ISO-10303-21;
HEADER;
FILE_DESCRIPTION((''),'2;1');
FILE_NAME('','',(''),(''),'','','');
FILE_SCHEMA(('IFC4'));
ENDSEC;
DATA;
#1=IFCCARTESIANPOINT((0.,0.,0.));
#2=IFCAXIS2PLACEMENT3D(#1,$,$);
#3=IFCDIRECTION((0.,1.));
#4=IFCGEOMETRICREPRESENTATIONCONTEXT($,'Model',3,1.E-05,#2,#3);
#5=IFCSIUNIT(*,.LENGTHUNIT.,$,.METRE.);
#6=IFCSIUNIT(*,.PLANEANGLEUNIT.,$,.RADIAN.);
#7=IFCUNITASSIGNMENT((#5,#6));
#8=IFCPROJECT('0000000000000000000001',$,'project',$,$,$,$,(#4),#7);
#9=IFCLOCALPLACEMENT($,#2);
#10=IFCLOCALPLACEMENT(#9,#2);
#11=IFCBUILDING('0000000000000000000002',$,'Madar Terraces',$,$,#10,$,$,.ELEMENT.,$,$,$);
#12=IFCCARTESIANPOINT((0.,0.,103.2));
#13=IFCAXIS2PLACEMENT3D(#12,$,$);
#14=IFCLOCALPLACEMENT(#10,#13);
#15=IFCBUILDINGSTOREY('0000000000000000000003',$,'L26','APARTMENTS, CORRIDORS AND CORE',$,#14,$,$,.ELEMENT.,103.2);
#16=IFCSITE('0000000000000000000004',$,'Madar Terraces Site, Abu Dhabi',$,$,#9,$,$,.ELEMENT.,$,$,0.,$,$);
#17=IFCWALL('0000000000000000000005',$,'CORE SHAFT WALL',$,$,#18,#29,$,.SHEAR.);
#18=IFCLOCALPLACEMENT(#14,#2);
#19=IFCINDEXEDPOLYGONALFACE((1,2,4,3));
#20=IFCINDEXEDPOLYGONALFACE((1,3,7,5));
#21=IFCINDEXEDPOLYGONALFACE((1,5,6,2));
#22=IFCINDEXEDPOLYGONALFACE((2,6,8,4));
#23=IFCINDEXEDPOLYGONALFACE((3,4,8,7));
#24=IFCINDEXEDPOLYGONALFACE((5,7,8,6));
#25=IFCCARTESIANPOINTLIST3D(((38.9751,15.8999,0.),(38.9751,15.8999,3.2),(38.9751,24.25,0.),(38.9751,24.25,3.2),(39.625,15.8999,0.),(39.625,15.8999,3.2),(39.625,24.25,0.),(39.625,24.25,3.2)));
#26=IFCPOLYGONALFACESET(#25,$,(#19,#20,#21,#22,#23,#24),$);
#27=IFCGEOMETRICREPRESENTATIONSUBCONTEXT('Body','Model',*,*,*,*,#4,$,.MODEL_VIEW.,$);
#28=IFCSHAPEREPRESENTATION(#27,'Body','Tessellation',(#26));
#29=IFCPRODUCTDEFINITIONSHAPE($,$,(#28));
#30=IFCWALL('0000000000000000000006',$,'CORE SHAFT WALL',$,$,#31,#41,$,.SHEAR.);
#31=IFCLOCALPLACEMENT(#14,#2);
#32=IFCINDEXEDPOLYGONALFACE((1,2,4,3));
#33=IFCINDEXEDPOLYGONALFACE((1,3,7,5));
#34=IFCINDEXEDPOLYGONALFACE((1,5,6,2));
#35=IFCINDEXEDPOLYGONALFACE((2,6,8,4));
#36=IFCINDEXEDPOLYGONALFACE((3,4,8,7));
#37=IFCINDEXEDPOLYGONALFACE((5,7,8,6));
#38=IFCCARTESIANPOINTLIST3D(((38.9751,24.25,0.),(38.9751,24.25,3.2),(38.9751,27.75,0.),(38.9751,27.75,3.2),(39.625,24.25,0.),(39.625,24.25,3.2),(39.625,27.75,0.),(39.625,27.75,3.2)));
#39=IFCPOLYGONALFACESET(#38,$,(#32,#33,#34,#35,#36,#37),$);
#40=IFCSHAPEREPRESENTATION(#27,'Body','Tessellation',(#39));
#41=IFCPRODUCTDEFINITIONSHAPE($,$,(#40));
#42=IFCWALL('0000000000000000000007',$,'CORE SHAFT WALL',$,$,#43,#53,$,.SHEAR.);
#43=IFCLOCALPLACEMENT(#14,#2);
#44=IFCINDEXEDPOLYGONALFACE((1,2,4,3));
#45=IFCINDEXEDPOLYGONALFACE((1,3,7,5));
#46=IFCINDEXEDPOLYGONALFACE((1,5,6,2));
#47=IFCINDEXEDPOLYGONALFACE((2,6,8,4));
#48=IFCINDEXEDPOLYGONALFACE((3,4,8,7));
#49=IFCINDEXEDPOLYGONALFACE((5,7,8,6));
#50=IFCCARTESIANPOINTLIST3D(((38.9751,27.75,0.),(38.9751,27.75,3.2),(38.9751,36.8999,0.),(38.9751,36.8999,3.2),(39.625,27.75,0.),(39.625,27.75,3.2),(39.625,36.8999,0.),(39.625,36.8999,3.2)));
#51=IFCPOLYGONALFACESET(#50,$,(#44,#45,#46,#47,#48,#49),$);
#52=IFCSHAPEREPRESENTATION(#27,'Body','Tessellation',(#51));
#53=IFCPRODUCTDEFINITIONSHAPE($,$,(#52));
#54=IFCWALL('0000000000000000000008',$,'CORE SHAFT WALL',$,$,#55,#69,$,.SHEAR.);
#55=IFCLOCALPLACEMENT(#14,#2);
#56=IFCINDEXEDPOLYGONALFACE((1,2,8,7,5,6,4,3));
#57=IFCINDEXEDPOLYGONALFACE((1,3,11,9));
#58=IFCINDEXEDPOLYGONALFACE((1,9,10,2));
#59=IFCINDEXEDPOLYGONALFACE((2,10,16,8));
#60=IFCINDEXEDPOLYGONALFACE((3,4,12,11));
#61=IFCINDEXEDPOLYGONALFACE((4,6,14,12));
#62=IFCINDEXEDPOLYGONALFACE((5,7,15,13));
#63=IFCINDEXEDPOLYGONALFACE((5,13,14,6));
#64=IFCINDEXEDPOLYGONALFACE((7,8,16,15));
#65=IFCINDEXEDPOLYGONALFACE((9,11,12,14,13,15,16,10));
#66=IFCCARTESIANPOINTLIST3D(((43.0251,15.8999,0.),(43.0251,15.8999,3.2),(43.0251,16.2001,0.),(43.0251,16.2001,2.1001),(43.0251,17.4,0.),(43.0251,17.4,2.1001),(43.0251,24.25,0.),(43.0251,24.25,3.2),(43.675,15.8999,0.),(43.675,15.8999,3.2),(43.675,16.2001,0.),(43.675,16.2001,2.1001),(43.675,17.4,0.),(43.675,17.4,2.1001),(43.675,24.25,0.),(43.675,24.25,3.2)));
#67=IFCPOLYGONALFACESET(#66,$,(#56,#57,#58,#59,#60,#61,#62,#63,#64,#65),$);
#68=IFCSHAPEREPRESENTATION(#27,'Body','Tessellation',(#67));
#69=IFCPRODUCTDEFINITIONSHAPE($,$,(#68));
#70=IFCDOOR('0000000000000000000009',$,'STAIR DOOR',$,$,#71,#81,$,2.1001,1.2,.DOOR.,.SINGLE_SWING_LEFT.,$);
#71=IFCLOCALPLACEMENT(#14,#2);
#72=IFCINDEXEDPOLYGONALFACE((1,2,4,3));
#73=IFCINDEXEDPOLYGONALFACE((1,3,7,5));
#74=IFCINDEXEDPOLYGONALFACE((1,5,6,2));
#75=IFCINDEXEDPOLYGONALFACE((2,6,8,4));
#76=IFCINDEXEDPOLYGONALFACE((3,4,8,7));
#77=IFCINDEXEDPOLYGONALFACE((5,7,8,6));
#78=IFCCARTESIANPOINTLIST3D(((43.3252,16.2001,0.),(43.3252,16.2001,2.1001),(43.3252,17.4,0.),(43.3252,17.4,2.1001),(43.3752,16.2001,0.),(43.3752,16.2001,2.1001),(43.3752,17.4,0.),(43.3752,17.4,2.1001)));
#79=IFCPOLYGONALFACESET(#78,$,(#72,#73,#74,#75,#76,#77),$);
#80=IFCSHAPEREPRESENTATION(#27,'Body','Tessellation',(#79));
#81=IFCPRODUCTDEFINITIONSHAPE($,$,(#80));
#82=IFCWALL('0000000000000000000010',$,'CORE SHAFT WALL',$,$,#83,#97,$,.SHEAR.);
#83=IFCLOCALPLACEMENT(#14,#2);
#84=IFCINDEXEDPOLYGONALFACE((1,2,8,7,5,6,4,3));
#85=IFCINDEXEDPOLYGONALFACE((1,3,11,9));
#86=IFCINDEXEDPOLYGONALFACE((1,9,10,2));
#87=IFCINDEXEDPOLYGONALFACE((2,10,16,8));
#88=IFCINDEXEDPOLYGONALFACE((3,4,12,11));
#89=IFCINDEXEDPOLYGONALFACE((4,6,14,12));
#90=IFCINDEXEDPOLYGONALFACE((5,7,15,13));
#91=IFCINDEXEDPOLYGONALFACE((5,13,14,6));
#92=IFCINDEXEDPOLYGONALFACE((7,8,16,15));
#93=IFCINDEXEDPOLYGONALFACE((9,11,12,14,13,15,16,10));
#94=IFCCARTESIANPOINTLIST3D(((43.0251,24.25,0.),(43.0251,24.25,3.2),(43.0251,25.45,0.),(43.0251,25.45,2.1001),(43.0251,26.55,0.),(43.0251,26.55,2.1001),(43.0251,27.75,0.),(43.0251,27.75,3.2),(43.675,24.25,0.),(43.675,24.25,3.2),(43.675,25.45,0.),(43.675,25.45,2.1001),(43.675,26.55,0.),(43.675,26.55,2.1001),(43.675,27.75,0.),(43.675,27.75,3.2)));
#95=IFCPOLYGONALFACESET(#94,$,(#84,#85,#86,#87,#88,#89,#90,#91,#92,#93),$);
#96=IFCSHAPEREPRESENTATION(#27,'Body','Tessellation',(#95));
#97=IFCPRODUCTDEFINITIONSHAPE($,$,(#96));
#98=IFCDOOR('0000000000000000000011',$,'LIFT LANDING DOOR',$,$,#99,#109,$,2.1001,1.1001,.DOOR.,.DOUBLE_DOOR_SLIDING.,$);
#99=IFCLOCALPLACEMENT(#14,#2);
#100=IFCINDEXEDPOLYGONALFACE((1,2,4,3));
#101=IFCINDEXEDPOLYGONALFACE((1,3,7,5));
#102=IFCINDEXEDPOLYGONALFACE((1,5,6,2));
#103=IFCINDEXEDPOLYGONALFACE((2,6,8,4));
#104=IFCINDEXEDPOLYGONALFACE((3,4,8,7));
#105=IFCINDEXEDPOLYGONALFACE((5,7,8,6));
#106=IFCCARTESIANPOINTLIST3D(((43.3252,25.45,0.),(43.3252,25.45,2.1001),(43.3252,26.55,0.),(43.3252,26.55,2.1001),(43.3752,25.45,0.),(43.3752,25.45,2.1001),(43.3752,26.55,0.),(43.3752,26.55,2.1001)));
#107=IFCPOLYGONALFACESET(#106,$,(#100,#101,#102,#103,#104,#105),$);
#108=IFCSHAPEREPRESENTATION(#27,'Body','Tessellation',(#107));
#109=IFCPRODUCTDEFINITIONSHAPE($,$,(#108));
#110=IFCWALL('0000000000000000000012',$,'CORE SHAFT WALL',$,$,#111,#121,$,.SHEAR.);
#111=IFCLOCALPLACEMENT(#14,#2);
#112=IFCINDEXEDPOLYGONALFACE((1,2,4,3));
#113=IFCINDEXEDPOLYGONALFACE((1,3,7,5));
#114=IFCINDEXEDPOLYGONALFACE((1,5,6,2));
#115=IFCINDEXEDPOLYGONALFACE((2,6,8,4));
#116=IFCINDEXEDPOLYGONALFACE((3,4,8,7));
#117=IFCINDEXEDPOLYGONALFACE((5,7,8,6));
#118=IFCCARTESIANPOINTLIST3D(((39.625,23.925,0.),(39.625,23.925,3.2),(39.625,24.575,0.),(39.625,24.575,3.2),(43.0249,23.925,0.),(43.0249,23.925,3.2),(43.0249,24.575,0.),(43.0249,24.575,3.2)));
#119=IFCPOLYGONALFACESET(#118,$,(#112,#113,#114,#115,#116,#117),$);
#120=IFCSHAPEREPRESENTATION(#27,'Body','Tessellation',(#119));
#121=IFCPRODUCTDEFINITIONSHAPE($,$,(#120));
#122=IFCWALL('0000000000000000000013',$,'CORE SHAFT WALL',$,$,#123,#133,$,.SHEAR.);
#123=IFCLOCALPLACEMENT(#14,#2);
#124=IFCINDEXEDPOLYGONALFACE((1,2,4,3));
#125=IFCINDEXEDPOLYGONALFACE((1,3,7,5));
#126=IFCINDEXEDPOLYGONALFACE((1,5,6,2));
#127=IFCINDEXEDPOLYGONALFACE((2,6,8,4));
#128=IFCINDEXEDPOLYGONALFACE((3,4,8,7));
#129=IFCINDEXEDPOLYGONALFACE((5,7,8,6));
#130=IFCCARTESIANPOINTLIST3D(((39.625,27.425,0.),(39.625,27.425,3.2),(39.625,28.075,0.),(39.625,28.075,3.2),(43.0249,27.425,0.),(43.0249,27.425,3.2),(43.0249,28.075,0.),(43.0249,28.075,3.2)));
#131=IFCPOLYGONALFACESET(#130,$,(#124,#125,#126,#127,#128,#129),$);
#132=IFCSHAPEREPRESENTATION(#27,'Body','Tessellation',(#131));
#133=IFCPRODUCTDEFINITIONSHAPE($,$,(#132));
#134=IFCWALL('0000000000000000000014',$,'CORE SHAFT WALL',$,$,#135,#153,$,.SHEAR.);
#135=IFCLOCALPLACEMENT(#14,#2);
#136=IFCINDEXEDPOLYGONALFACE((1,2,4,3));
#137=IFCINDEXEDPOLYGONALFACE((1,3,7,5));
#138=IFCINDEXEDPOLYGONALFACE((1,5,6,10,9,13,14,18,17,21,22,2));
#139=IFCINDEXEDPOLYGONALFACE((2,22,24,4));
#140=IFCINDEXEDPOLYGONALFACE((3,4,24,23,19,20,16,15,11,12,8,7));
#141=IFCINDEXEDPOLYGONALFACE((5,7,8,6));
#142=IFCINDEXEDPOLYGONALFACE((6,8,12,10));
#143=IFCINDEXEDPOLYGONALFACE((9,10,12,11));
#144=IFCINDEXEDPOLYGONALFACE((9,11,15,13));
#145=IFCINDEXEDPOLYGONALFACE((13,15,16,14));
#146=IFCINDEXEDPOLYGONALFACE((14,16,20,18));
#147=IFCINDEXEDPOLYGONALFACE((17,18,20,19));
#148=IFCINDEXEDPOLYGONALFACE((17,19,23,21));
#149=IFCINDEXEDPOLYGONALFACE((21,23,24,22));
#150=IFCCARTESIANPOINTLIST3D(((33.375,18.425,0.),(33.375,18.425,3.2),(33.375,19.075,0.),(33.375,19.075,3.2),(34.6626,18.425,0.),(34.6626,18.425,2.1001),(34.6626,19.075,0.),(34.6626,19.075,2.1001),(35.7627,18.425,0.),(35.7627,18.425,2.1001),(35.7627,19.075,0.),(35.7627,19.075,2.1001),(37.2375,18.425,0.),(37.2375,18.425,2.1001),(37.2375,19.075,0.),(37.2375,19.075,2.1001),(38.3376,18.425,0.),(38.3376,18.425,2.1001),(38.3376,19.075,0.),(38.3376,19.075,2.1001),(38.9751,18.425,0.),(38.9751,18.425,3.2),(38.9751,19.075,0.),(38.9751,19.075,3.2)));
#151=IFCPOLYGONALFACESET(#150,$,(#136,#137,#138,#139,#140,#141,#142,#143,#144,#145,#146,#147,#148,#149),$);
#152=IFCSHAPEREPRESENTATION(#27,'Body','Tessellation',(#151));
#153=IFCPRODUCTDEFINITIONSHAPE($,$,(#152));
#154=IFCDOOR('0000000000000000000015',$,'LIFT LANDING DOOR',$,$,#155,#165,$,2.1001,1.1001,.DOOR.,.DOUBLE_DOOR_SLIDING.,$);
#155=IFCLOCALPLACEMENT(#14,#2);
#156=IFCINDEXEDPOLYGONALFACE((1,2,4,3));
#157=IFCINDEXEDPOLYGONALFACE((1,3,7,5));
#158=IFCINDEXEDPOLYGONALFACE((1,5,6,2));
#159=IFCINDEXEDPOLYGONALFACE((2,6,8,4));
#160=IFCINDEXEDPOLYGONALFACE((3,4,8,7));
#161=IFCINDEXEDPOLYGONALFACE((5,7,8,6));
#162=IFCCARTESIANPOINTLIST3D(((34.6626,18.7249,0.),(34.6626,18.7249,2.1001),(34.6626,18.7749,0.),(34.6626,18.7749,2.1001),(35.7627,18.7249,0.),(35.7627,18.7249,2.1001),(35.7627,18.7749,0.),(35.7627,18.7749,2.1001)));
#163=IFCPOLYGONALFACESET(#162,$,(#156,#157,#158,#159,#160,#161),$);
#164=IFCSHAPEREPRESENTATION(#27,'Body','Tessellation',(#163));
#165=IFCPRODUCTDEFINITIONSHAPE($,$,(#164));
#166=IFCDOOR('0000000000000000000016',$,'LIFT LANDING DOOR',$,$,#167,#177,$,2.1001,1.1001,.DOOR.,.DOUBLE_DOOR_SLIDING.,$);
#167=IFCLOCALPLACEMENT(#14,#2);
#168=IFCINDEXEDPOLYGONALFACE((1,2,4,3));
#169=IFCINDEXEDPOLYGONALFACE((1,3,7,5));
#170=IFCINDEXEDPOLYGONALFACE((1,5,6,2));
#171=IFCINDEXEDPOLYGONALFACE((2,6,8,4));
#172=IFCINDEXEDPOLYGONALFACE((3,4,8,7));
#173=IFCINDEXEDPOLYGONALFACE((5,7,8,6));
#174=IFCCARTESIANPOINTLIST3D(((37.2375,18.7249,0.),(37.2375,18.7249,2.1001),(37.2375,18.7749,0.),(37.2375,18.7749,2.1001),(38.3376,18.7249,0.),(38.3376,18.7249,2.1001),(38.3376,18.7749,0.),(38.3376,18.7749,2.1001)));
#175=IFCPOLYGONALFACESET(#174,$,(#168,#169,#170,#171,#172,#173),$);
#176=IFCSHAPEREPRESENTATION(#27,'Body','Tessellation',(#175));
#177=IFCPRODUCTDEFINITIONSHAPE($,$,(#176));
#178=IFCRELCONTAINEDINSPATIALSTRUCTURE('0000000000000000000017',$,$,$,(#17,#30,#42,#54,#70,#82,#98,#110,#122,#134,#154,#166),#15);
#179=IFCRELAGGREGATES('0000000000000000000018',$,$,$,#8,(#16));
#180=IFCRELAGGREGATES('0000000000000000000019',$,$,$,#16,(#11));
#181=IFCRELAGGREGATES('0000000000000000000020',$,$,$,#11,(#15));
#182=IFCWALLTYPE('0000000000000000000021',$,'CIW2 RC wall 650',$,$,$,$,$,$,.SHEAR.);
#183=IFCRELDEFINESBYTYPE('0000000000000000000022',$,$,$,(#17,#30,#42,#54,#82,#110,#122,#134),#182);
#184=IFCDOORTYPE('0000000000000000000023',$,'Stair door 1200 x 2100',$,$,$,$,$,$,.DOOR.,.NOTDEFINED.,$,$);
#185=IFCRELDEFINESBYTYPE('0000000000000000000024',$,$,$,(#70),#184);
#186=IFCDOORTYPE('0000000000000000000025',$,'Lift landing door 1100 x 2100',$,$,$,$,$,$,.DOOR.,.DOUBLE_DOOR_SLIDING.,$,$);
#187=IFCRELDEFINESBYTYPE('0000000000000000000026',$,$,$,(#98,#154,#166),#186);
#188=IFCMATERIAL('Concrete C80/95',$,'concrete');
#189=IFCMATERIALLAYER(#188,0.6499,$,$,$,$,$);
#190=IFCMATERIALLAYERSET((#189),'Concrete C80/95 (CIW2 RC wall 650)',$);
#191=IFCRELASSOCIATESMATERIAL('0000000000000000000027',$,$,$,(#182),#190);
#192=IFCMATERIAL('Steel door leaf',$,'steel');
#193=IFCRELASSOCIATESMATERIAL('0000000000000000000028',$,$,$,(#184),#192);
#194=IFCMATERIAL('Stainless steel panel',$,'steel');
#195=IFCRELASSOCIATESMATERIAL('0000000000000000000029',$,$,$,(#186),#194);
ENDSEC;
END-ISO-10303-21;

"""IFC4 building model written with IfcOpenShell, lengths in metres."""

from ifc_helpers import new_model, si_unit, direction, frame, frame_2d, origin, place, context, subcontext, project, spatial, rectangle, extrude, material, layer, layer_set, type_object, element, fill, save


model = new_model("IFC4")

# Units and contexts
model_context = context("Model", 3, precision=1e-05, world=origin(), true_north=direction((0.0, 1.0)))
body_context = subcontext(model_context, "Body", "Model", "MODEL_VIEW")
ifc_project = project(units=[si_unit("LENGTHUNIT", "METRE"), si_unit("PLANEANGLEUNIT", "RADIAN")], contexts=[model_context])

# Site, building, storey
site_placement = place(None, origin())
site = spatial("IfcSite", under=ifc_project, at=site_placement, Name="Madar Terraces Site, Abu Dhabi", CompositionType="ELEMENT", RefElevation=0.0)
building_placement = place(site_placement, origin())
building = spatial("IfcBuilding", under=site, at=building_placement, Name="Madar Terraces", CompositionType="ELEMENT")
storey_placement = place(building_placement, frame((0.0, 0.0, 103.2)))
storey = spatial("IfcBuildingStorey", under=building, at=storey_placement, Name="L26", Description="APARTMENTS, CORRIDORS AND CORE", CompositionType="ELEMENT", Elevation=103.2)

# Walls
ifc_material_1 = material(Name="Concrete C80/95", Category="concrete")
ifc_layer_1 = layer(ifc_material_1, 0.6499)
ifc_layer_set_1 = layer_set([ifc_layer_1], Name="Concrete C80/95 (CIW2 RC wall 650)")
wall_type_1 = type_object("IfcWallType", Name="CIW2 RC wall 650", PredefinedType="SHEAR", material=ifc_layer_set_1)
wall_1_placement = place(storey_placement, frame((39.3, 15.8999, 0.0), z_axis=(0.0, 0.0, 1.0), x_axis=(0.0, 1.0, 0.0)))
element("IfcWall", 1, at=wall_1_placement, inside=storey, type_object=wall_type_1, Name="CORE SHAFT WALL", PredefinedType="SHEAR", context=body_context, shape_type="SweptSolid", body=[
    extrude(rectangle(XDim=8.3501, YDim=0.6499, at=frame_2d((4.175, 0.0))), origin(), (0.0, 0.0, 1.0), 3.2),
])
wall_2_placement = place(storey_placement, frame((39.3, 24.25, 0.0), z_axis=(0.0, 0.0, 1.0), x_axis=(0.0, 1.0, 0.0)))
element("IfcWall", 2, at=wall_2_placement, inside=storey, type_object=wall_type_1, Name="CORE SHAFT WALL", PredefinedType="SHEAR", context=body_context, shape_type="SweptSolid", body=[
    extrude(rectangle(XDim=3.5, YDim=0.6499, at=frame_2d((1.75, 0.0))), origin(), (0.0, 0.0, 1.0), 3.2),
])
wall_3_placement = place(storey_placement, frame((39.3, 27.75, 0.0), z_axis=(0.0, 0.0, 1.0), x_axis=(0.0, 1.0, 0.0)))
element("IfcWall", 3, at=wall_3_placement, inside=storey, type_object=wall_type_1, Name="CORE SHAFT WALL", PredefinedType="SHEAR", context=body_context, shape_type="SweptSolid", body=[
    extrude(rectangle(XDim=9.1499, YDim=0.6499, at=frame_2d((4.575, 0.0))), origin(), (0.0, 0.0, 1.0), 3.2),
])

# Walls, openings, doors
wall_4_placement = place(storey_placement, frame((43.3501, 15.8999, 0.0), z_axis=(0.0, 0.0, 1.0), x_axis=(0.0, 1.0, 0.0)))
wall_4 = element("IfcWall", 4, at=wall_4_placement, inside=storey, type_object=wall_type_1, Name="CORE SHAFT WALL", PredefinedType="SHEAR", context=body_context, shape_type="SweptSolid", body=[
    extrude(rectangle(XDim=8.3501, YDim=0.6499, at=frame_2d((4.175, 0.0))), origin(), (0.0, 0.0, 1.0), 3.2),
])
opening_1_placement = place(wall_4_placement, frame((0.3, 0.0, 0.0)))
opening_1 = element("IfcOpeningElement", 5, at=opening_1_placement, cuts=wall_4, PredefinedType="OPENING", context=body_context, shape_type="SweptSolid", body=[
    extrude(rectangle(XDim=1.2, YDim=2.1001, at=frame_2d((0.6001, 1.05))), frame((0.0, 0.335, 0.0), z_axis=(0.0, -1.0, 0.0), x_axis=(1.0, 0.0, 0.0)), (0.0, 0.0, 1.0), 0.6699),
])
ifc_material_2 = material(Name="Steel door leaf", Category="steel")
door_type_1 = type_object("IfcDoorType", Name="Stair door 1200 x 2100", OperationType="NOTDEFINED", PredefinedType="DOOR", material=ifc_material_2)
door_1_placement = place(opening_1_placement, origin())
door_1 = element("IfcDoor", 6, at=door_1_placement, inside=storey, type_object=door_type_1, Name="STAIR DOOR", OperationType="SINGLE_SWING_LEFT", OverallHeight=2.1001, OverallWidth=1.2, PredefinedType="DOOR", context=body_context, shape_type="SweptSolid", body=[
    extrude(rectangle(XDim=1.2, YDim=2.1001, at=frame_2d((0.6001, 1.05))), frame((0.0, 0.0249, 0.0), z_axis=(0.0, -1.0, 0.0), x_axis=(1.0, 0.0, 0.0)), (0.0, 0.0, 1.0), 0.05),
])
fill(opening_1, door_1)
wall_5_placement = place(storey_placement, frame((43.3501, 24.25, 0.0), z_axis=(0.0, 0.0, 1.0), x_axis=(0.0, 1.0, 0.0)))
wall_5 = element("IfcWall", 7, at=wall_5_placement, inside=storey, type_object=wall_type_1, Name="CORE SHAFT WALL", PredefinedType="SHEAR", context=body_context, shape_type="SweptSolid", body=[
    extrude(rectangle(XDim=3.5, YDim=0.6499, at=frame_2d((1.75, 0.0))), origin(), (0.0, 0.0, 1.0), 3.2),
])
opening_2_placement = place(wall_5_placement, frame((1.2, 0.0, 0.0)))
opening_2 = element("IfcOpeningElement", 8, at=opening_2_placement, cuts=wall_5, PredefinedType="OPENING", context=body_context, shape_type="SweptSolid", body=[
    extrude(rectangle(XDim=1.1001, YDim=2.1001, at=frame_2d((0.55, 1.05))), frame((0.0, 0.335, 0.0), z_axis=(0.0, -1.0, 0.0), x_axis=(1.0, 0.0, 0.0)), (0.0, 0.0, 1.0), 0.6699),
])
ifc_material_3 = material(Name="Stainless steel panel", Category="steel")
door_type_2 = type_object("IfcDoorType", Name="Lift landing door 1100 x 2100", OperationType="DOUBLE_DOOR_SLIDING", PredefinedType="DOOR", material=ifc_material_3)
door_2_placement = place(opening_2_placement, origin())
door_2 = element("IfcDoor", 9, at=door_2_placement, inside=storey, type_object=door_type_2, Name="LIFT LANDING DOOR", OperationType="DOUBLE_DOOR_SLIDING", OverallHeight=2.1001, OverallWidth=1.1001, PredefinedType="DOOR", context=body_context, shape_type="SweptSolid", body=[
    extrude(rectangle(XDim=1.1001, YDim=2.1001, at=frame_2d((0.55, 1.05))), frame((0.0, 0.0249, 0.0), z_axis=(0.0, -1.0, 0.0), x_axis=(1.0, 0.0, 0.0)), (0.0, 0.0, 1.0), 0.05),
])
fill(opening_2, door_2)

# Walls
for number, where, z_axis, x_axis, name in (
    (10, (39.625, 24.25, 0.0), (0.0, 0.0, 1.0), (1.0, 0.0, 0.0), "CORE SHAFT WALL"),
    (11, (39.625, 27.75, 0.0), (0.0, 0.0, 1.0), (1.0, 0.0, 0.0), "CORE SHAFT WALL"),
):
    element("IfcWall", number, at=place(storey_placement, frame(where, z_axis=z_axis, x_axis=x_axis)), inside=storey, type_object=wall_type_1, Name=name, PredefinedType="SHEAR", context=body_context, shape_type="SweptSolid", body=[
        extrude(rectangle(XDim=3.3999, YDim=0.6499, at=frame_2d((1.7, 0.0))), origin(), (0.0, 0.0, 1.0), 3.2),
    ])

# Wall, openings, doors
wall_6_placement = place(storey_placement, frame((33.375, 18.75, 0.0), z_axis=(0.0, 0.0, 1.0), x_axis=(1.0, 0.0, 0.0)))
wall_6 = element("IfcWall", 12, at=wall_6_placement, inside=storey, type_object=wall_type_1, Name="CORE SHAFT WALL", PredefinedType="SHEAR", context=body_context, shape_type="SweptSolid", body=[
    extrude(rectangle(XDim=5.6001, YDim=0.6499, at=frame_2d((2.8, 0.0))), origin(), (0.0, 0.0, 1.0), 3.2),
])
opening_3_placement = place(wall_6_placement, frame((1.2876, 0.0, 0.0)))
opening_3 = element("IfcOpeningElement", 13, at=opening_3_placement, cuts=wall_6, PredefinedType="OPENING", context=body_context, shape_type="SweptSolid", body=[
    extrude(rectangle(XDim=1.1001, YDim=2.1001, at=frame_2d((0.55, 1.05))), frame((0.0, 0.335, 0.0), z_axis=(0.0, -1.0, 0.0), x_axis=(1.0, 0.0, 0.0)), (0.0, 0.0, 1.0), 0.6699),
])
opening_4_placement = place(wall_6_placement, frame((3.8625, 0.0, 0.0)))
opening_4 = element("IfcOpeningElement", 14, at=opening_4_placement, cuts=wall_6, PredefinedType="OPENING", context=body_context, shape_type="SweptSolid", body=[
    extrude(rectangle(XDim=1.1001, YDim=2.1001, at=frame_2d((0.55, 1.05))), frame((0.0, 0.335, 0.0), z_axis=(0.0, -1.0, 0.0), x_axis=(1.0, 0.0, 0.0)), (0.0, 0.0, 1.0), 0.6699),
])
door_3_placement = place(opening_3_placement, origin())
door_3 = element("IfcDoor", 15, at=door_3_placement, inside=storey, type_object=door_type_2, Name="LIFT LANDING DOOR", OperationType="DOUBLE_DOOR_SLIDING", OverallHeight=2.1001, OverallWidth=1.1001, PredefinedType="DOOR", context=body_context, shape_type="SweptSolid", body=[
    extrude(rectangle(XDim=1.1001, YDim=2.1001, at=frame_2d((0.55, 1.05))), frame((0.0, 0.0249, 0.0), z_axis=(0.0, -1.0, 0.0), x_axis=(1.0, 0.0, 0.0)), (0.0, 0.0, 1.0), 0.05),
])
fill(opening_3, door_3)
door_4_placement = place(opening_4_placement, origin())
door_4 = element("IfcDoor", 16, at=door_4_placement, inside=storey, type_object=door_type_2, Name="LIFT LANDING DOOR", OperationType="DOUBLE_DOOR_SLIDING", OverallHeight=2.1001, OverallWidth=1.1001, PredefinedType="DOOR", context=body_context, shape_type="SweptSolid", body=[
    extrude(rectangle(XDim=1.1001, YDim=2.1001, at=frame_2d((0.55, 1.05))), frame((0.0, 0.0249, 0.0), z_axis=(0.0, -1.0, 0.0), x_axis=(1.0, 0.0, 0.0)), (0.0, 0.0, 1.0), 0.05),
])
fill(opening_4, door_4)

save(model, "model.ifc")
